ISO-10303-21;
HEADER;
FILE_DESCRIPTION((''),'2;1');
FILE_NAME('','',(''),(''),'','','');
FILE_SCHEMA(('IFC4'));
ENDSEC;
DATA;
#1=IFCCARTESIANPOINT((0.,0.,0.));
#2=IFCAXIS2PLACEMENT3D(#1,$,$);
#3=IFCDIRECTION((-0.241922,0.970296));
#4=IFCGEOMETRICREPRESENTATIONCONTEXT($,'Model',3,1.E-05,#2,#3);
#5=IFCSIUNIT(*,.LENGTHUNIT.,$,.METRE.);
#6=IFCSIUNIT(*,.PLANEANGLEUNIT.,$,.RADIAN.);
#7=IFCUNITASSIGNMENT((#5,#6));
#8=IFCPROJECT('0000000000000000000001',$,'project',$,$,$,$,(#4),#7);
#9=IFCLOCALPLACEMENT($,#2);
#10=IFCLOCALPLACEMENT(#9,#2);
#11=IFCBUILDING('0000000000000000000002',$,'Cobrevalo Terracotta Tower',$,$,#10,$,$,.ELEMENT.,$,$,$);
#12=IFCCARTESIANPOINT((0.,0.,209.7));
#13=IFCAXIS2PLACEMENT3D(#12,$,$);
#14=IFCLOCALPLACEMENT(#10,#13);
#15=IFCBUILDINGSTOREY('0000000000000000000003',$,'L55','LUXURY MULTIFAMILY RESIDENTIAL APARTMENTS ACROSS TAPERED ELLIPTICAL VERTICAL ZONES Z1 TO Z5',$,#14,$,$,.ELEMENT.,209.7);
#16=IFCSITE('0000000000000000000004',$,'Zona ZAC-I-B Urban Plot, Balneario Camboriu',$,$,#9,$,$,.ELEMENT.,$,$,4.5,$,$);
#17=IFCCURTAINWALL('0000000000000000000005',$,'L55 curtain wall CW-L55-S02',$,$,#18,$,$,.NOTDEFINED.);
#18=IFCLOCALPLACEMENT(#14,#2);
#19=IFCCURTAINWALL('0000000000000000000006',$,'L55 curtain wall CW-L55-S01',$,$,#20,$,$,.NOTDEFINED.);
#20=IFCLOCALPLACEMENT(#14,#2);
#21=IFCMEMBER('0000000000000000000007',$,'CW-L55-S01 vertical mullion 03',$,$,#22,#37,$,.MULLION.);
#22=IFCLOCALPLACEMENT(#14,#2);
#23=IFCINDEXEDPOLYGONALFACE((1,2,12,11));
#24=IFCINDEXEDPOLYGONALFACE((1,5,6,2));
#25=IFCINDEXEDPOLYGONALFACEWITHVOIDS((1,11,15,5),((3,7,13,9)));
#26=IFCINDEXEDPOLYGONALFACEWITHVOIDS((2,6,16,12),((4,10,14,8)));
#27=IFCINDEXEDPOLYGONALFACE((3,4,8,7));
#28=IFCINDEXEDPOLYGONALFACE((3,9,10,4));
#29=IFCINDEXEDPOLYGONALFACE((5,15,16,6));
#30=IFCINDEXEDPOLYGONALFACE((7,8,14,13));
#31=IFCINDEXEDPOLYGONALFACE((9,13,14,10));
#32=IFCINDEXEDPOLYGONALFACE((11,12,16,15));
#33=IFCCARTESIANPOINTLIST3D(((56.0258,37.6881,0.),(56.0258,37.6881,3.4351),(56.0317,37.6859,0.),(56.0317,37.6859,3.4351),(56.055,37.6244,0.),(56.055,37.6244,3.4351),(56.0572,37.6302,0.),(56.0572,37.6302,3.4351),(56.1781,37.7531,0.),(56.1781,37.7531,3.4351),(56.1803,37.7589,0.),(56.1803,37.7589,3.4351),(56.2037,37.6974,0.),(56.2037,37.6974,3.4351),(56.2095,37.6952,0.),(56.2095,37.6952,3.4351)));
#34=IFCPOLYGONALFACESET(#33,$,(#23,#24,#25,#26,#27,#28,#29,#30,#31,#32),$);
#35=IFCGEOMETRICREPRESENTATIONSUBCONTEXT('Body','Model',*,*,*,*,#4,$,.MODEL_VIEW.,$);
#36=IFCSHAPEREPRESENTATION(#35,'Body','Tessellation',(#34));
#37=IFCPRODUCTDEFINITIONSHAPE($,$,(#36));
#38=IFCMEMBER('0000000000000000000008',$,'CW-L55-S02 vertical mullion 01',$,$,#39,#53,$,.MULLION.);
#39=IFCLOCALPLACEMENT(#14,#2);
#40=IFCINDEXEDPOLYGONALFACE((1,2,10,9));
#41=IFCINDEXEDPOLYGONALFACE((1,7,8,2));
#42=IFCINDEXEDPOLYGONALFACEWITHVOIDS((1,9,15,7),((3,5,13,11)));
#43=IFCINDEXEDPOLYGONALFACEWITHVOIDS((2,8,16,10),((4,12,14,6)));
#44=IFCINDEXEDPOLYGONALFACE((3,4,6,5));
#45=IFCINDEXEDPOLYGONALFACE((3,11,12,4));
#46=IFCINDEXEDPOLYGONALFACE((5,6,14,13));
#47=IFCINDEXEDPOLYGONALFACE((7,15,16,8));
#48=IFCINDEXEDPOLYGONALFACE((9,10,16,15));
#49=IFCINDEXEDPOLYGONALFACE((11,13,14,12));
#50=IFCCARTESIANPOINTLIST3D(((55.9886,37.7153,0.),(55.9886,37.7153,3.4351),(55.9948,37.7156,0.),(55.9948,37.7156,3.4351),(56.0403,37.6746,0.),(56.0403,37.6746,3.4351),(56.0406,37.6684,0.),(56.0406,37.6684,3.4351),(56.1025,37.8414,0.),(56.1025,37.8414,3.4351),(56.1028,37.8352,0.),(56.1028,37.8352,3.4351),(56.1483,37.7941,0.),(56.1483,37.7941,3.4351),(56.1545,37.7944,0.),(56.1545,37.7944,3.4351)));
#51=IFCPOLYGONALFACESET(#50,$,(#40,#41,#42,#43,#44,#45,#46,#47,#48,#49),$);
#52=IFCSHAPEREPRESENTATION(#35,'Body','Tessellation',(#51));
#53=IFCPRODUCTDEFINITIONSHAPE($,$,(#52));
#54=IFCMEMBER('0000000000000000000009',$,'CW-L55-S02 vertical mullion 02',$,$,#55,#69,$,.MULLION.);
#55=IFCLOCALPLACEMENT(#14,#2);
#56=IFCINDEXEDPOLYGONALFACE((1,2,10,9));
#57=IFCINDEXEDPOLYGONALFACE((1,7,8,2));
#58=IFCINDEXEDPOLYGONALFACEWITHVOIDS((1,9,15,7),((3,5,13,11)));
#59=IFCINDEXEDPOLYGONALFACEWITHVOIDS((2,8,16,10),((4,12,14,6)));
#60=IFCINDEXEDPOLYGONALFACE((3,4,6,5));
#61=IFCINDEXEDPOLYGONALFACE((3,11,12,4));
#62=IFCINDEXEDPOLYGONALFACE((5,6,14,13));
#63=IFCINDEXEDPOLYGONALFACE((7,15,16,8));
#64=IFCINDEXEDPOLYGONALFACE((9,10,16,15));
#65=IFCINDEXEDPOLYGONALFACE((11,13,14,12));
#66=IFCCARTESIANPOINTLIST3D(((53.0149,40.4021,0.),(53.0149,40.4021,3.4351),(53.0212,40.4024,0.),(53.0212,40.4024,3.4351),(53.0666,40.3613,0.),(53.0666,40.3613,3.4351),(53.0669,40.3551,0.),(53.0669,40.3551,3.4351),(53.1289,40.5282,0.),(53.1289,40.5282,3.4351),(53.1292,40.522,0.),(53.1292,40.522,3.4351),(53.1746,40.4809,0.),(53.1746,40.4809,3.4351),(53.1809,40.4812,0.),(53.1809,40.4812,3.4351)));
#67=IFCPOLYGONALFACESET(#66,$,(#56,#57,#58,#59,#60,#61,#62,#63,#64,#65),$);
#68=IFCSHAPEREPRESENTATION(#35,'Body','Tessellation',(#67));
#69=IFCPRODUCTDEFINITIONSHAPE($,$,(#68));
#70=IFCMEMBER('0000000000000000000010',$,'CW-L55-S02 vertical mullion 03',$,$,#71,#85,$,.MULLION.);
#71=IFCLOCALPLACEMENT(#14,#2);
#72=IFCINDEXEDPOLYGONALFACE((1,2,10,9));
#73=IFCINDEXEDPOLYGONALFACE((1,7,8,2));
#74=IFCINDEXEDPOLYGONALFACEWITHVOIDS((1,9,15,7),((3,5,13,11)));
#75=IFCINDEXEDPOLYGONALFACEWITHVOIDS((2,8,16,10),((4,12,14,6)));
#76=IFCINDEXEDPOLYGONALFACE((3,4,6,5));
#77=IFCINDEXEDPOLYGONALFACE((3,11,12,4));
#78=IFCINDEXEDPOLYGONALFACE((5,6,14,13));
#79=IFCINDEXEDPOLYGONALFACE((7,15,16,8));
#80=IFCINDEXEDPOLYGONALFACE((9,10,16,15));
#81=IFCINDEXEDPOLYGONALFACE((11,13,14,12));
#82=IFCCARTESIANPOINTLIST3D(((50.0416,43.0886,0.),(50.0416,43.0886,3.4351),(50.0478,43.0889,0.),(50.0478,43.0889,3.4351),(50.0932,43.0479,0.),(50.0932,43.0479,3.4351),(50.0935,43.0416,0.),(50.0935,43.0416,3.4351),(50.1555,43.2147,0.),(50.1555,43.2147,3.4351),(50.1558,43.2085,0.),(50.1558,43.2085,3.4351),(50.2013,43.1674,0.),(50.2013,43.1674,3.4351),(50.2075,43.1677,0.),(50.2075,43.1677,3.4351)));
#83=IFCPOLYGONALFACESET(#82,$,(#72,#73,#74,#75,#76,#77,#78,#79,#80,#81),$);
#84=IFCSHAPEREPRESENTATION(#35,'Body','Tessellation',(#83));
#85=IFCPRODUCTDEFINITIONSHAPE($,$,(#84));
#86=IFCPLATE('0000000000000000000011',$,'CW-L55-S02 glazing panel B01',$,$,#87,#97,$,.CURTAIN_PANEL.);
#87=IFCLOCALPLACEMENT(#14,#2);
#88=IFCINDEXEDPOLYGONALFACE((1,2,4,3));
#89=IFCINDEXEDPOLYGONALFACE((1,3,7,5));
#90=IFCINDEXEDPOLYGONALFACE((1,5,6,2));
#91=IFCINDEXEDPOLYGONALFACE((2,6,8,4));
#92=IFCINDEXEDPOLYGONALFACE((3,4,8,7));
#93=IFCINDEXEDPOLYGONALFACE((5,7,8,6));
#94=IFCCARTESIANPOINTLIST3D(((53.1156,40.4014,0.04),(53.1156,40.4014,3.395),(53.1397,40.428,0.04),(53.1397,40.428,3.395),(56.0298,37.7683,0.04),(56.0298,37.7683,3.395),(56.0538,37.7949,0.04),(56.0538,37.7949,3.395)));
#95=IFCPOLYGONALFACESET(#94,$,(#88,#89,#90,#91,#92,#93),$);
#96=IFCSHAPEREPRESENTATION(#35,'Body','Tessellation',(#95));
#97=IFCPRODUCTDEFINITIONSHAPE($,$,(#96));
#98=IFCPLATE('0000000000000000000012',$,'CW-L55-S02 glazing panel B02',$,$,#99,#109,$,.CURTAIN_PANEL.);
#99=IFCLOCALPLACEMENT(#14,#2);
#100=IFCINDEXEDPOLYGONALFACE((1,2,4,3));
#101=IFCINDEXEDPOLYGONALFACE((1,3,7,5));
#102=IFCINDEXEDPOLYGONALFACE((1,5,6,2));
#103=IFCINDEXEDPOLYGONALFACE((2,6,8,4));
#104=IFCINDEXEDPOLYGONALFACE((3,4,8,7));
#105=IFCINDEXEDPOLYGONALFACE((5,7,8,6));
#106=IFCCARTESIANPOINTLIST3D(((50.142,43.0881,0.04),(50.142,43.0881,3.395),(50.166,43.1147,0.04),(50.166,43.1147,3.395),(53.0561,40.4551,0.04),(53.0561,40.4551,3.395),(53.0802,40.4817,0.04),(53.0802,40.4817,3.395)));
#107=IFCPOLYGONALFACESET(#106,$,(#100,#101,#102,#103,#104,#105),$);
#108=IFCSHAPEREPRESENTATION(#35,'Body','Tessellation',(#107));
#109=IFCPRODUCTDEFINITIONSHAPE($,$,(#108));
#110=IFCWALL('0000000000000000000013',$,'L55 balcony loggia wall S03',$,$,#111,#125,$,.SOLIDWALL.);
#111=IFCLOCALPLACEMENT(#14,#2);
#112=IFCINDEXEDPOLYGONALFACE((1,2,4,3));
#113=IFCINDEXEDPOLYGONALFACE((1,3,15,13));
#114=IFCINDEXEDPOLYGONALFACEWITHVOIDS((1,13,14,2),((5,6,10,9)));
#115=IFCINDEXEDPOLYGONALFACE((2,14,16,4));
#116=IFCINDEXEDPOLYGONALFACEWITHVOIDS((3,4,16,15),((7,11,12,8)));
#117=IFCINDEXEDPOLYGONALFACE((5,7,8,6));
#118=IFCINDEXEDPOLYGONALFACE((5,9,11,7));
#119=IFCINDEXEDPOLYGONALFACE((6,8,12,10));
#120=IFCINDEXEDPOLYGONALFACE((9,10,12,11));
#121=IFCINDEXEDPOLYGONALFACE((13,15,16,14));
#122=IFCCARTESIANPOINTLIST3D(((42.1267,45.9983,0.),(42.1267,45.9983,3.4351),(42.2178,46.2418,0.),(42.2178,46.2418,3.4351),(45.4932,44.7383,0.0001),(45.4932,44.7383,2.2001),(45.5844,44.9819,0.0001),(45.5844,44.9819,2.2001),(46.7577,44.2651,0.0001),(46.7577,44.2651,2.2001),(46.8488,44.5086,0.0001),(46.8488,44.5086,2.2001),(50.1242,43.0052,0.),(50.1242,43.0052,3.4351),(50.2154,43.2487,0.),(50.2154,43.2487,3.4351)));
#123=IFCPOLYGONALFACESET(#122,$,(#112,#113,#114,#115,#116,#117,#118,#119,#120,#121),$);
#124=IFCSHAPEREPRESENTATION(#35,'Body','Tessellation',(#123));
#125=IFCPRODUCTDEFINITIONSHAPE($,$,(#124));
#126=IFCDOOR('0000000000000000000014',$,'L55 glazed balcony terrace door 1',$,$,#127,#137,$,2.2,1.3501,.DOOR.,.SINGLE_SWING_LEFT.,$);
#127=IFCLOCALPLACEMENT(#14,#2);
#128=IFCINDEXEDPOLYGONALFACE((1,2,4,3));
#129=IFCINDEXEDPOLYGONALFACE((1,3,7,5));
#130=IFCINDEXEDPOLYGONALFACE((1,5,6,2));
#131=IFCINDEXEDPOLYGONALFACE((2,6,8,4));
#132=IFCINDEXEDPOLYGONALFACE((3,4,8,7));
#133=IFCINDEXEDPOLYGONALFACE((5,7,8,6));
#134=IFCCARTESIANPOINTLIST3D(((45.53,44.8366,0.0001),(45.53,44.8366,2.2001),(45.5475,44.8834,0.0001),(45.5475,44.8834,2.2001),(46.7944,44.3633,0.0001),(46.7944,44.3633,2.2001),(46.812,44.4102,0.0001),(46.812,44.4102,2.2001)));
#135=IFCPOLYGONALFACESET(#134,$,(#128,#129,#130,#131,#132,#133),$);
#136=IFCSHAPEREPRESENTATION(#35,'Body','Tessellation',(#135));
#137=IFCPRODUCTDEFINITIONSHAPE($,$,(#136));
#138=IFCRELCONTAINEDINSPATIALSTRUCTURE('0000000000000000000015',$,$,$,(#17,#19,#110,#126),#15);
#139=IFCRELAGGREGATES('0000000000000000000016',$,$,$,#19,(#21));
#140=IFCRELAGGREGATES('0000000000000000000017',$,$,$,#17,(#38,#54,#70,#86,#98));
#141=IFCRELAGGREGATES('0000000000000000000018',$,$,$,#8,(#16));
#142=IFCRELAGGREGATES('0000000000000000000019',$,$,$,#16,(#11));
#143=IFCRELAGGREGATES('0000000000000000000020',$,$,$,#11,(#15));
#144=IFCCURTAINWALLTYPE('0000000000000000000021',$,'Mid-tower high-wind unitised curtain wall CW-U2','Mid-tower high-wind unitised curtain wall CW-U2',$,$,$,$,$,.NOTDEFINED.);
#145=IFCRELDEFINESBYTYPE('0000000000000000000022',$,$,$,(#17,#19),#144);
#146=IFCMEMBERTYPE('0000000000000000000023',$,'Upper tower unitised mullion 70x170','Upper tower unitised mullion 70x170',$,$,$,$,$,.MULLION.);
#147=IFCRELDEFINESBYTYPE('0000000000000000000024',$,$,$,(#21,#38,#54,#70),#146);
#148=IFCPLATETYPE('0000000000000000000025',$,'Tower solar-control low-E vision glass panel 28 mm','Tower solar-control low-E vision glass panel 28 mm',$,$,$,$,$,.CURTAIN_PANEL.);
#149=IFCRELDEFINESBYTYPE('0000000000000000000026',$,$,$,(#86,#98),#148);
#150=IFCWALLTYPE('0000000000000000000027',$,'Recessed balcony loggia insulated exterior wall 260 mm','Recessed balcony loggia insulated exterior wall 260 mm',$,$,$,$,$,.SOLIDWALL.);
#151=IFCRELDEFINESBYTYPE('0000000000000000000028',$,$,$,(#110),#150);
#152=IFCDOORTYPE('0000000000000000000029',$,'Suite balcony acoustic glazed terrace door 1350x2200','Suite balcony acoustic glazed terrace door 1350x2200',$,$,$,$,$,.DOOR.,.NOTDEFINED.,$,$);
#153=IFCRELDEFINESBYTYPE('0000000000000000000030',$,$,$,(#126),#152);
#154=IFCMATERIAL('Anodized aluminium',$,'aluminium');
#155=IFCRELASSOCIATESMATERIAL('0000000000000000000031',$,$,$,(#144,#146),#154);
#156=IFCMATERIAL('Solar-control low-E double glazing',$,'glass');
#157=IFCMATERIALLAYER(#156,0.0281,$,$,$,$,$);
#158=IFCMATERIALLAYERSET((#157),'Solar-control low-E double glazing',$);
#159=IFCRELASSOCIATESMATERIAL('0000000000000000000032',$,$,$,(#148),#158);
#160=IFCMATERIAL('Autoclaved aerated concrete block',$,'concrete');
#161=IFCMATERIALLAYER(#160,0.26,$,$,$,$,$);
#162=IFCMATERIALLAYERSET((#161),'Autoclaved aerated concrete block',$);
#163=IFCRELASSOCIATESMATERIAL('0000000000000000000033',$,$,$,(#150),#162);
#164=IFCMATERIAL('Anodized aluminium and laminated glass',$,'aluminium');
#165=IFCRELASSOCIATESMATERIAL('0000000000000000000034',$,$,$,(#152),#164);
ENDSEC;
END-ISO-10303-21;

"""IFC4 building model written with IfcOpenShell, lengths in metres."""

from ifc_helpers import new_model, si_unit, direction, frame, frame_2d, origin, origin_2d, place, context, subcontext, project, spatial, rectangle, hollow_rectangle, extrude, source, transform, mapped, material, layer, layer_set, material_profile, profile_set, type_object, element, fill, aggregate, save


model = new_model("IFC4")

# Units and contexts
model_context = context("Model", 3, precision=1e-05, world=origin(), true_north=direction((-0.241922, 0.970296)))
body_context = subcontext(model_context, "Body", "Model", "MODEL_VIEW")
ifc_project = project(units=[si_unit("LENGTHUNIT", "METRE"), si_unit("PLANEANGLEUNIT", "RADIAN")], contexts=[model_context])

# Site, building, storey
site_placement = place(None, origin())
site = spatial("IfcSite", under=ifc_project, at=site_placement, Name="Zona ZAC-I-B Urban Plot, Balneario Camboriu", CompositionType="ELEMENT", RefElevation=4.5)
building_placement = place(site_placement, origin())
building = spatial("IfcBuilding", under=site, at=building_placement, Name="Cobrevalo Terracotta Tower", CompositionType="ELEMENT")
storey_placement = place(building_placement, frame((0.0, 0.0, 209.7)))
storey = spatial("IfcBuildingStorey", under=building, at=storey_placement, Name="L55", Description="LUXURY MULTIFAMILY RESIDENTIAL APARTMENTS ACROSS TAPERED ELLIPTICAL VERTICAL ZONES Z1 TO Z5", CompositionType="ELEMENT", Elevation=209.7)

# Curtain wall
ifc_material_1 = material(Name="Anodized aluminium", Category="aluminium")
curtain_wall_type = type_object("IfcCurtainWallType", Name="Mid-tower high-wind unitised curtain wall CW-U2", Description="Mid-tower high-wind unitised curtain wall CW-U2", PredefinedType="NOTDEFINED", material=ifc_material_1)
curtain_wall_1_placement = place(storey_placement, origin())
curtain_wall_1 = element("IfcCurtainWall", 1, at=curtain_wall_1_placement, inside=storey, type_object=curtain_wall_type, Name="L55 curtain wall CW-L55-S02", PredefinedType="NOTDEFINED")

# Curtain wall, member
curtain_wall_2_placement = place(storey_placement, origin())
curtain_wall_2 = element("IfcCurtainWall", 2, at=curtain_wall_2_placement, inside=storey, type_object=curtain_wall_type, Name="L55 curtain wall CW-L55-S01", PredefinedType="NOTDEFINED")
ifc_material_profile_1 = material_profile(ifc_material_1, hollow_rectangle(XDim=0.0701, YDim=0.1699, WallThickness=0.0044, at=origin_2d()), Name="CWM 70x170")
ifc_profile_set_1 = profile_set([ifc_material_profile_1], Name="Anodized aluminium")
member_type_1 = type_object("IfcMemberType", Name="Upper tower unitised mullion 70x170", Description="Upper tower unitised mullion 70x170", PredefinedType="MULLION", material=ifc_profile_set_1)
shared_shape_1 = source(origin(), body_context, "Body", "SweptSolid", [
    extrude(hollow_rectangle(XDim=0.0701, YDim=0.1699, WallThickness=0.0044, at=origin_2d()), origin(), (0.0, 0.0, 1.0), 3.4351),
])
member_1_placement = place(storey_placement, frame((56.1177, 37.6917, 0.0), z_axis=(0.0, 0.0, 1.0), x_axis=(-0.416725, 0.909033, 0.0)))
member_1 = element("IfcMember", 3, at=member_1_placement, type_object=member_type_1, Name="CW-L55-S01 vertical mullion 03", PredefinedType="MULLION", context=body_context, shape_type="MappedRepresentation", body=[
    mapped(shared_shape_1, transform((0.0, 0.0, 0.0), scale=1.0)),
])
aggregate(curtain_wall_2, [member_1])

# Members
member_2_placement = place(storey_placement, frame((56.0715, 37.7549, 0.0), z_axis=(0.0, 0.0, 1.0), x_axis=(-0.741988, 0.670414, 0.0)))
member_2 = element("IfcMember", 4, at=member_2_placement, type_object=member_type_1, Name="CW-L55-S02 vertical mullion 01", PredefinedType="MULLION", context=body_context, shape_type="MappedRepresentation", body=[
    mapped(shared_shape_1, transform((0.0, 0.0, 0.0), scale=1.0)),
])
member_3_placement = place(storey_placement, frame((53.0979, 40.4417, 0.0), z_axis=(0.0, 0.0, 1.0), x_axis=(-0.741988, 0.670414, 0.0)))
member_3 = element("IfcMember", 5, at=member_3_placement, type_object=member_type_1, Name="CW-L55-S02 vertical mullion 02", PredefinedType="MULLION", context=body_context, shape_type="MappedRepresentation", body=[
    mapped(shared_shape_1, transform((0.0, 0.0, 0.0), scale=1.0)),
])
member_4_placement = place(storey_placement, frame((50.1245, 43.1282, 0.0), z_axis=(0.0, 0.0, 1.0), x_axis=(-0.741988, 0.670414, 0.0)))
member_4 = element("IfcMember", 6, at=member_4_placement, type_object=member_type_1, Name="CW-L55-S02 vertical mullion 03", PredefinedType="MULLION", context=body_context, shape_type="MappedRepresentation", body=[
    mapped(shared_shape_1, transform((0.0, 0.0, 0.0), scale=1.0)),
])

# Plates
ifc_material_2 = material(Name="Solar-control low-E double glazing", Category="glass")
ifc_layer_1 = layer(ifc_material_2, 0.0281)
ifc_layer_set_1 = layer_set([ifc_layer_1], Name="Solar-control low-E double glazing")
plate_type = type_object("IfcPlateType", Name="Tower solar-control low-E vision glass panel 28 mm", Description="Tower solar-control low-E vision glass panel 28 mm", PredefinedType="CURTAIN_PANEL", material=ifc_layer_set_1)
shared_shape_2 = source(origin(), body_context, "Body", "SweptSolid", [
    extrude(rectangle(XDim=3.9275, YDim=0.0359, at=origin_2d()), origin(), (0.0, 0.0, 1.0), 3.355),
])
plate_1_placement = place(storey_placement, frame((54.5847, 39.0981, 0.04), z_axis=(0.0, 0.0, 1.0), x_axis=(-0.741988, 0.670414, 0.0)))
plate_1 = element("IfcPlate", 7, at=plate_1_placement, type_object=plate_type, Name="CW-L55-S02 glazing panel B01", PredefinedType="CURTAIN_PANEL", context=body_context, shape_type="MappedRepresentation", body=[
    mapped(shared_shape_2, transform((0.0, 0.0, 0.0), scale=1.0)),
])
plate_2_placement = place(storey_placement, frame((51.6111, 41.7849, 0.04), z_axis=(0.0, 0.0, 1.0), x_axis=(-0.741988, 0.670414, 0.0)))
plate_2 = element("IfcPlate", 8, at=plate_2_placement, type_object=plate_type, Name="CW-L55-S02 glazing panel B02", PredefinedType="CURTAIN_PANEL", context=body_context, shape_type="MappedRepresentation", body=[
    mapped(shared_shape_2, transform((0.0, 0.0, 0.0), scale=1.0)),
])
aggregate(curtain_wall_1, [member_2, member_3, member_4, plate_1, plate_2])

# Wall, opening, door
ifc_material_3 = material(Name="Autoclaved aerated concrete block", Category="concrete")
ifc_layer_2 = layer(ifc_material_3, 0.26)
ifc_layer_set_2 = layer_set([ifc_layer_2], Name="Autoclaved aerated concrete block")
wall_type_1 = type_object("IfcWallType", Name="Recessed balcony loggia insulated exterior wall 260 mm", Description="Recessed balcony loggia insulated exterior wall 260 mm", PredefinedType="SOLIDWALL", material=ifc_layer_set_2)
wall_1_placement = place(storey_placement, frame((50.1697, 43.127, 0.0), z_axis=(0.0, 0.0, 1.0), x_axis=(-0.936557, 0.350516, 0.0)))
wall_1 = element("IfcWall", 9, at=wall_1_placement, inside=storey, type_object=wall_type_1, Name="L55 balcony loggia wall S03", PredefinedType="SOLIDWALL", context=body_context, shape_type="SweptSolid", body=[
    extrude(rectangle(XDim=8.5393, YDim=0.26, at=frame_2d((4.2695, 0.0))), origin(), (0.0, 0.0, 1.0), 3.4351),
])
opening_1_placement = place(wall_1_placement, frame((3.5945, 0.0, 0.0)))
opening_1 = element("IfcOpeningElement", 10, at=opening_1_placement, cuts=wall_1, PredefinedType="OPENING", context=body_context, shape_type="SweptSolid", body=[
    extrude(rectangle(XDim=1.3501, YDim=2.2, at=frame_2d((0.675, 1.1001))), frame((0.0, 0.1401, 0.0), z_axis=(0.0, -1.0, 0.0), x_axis=(1.0, 0.0, 0.0)), (0.0, 0.0, 1.0), 0.28),
])
ifc_material_4 = material(Name="Anodized aluminium and laminated glass", Category="aluminium")
door_type_1 = type_object("IfcDoorType", Name="Suite balcony acoustic glazed terrace door 1350x2200", Description="Suite balcony acoustic glazed terrace door 1350x2200", OperationType="NOTDEFINED", PredefinedType="DOOR", material=ifc_material_4)
shared_shape_3 = source(origin(), body_context, "Body", "SweptSolid", [
    extrude(rectangle(XDim=1.3501, YDim=2.2, at=frame_2d((0.675, 1.1001))), frame((0.0, 0.0249, 0.0), z_axis=(0.0, -1.0, 0.0), x_axis=(1.0, 0.0, 0.0)), (0.0, 0.0, 1.0), 0.05),
])
door_1_placement = place(opening_1_placement, frame((1.3501, 0.0, 0.0), z_axis=(0.0, 0.0, 1.0), x_axis=(-1.0, 0.0, 0.0)))
door_1 = element("IfcDoor", 11, at=door_1_placement, inside=storey, type_object=door_type_1, Name="L55 glazed balcony terrace door 1", OperationType="SINGLE_SWING_LEFT", OverallHeight=2.2, OverallWidth=1.3501, PredefinedType="DOOR", context=body_context, shape_type="MappedRepresentation", body=[
    mapped(shared_shape_3, transform((0.0, 0.0, 0.0), scale=1.0)),
])
fill(opening_1, door_1)

save(model, "model.ifc")
